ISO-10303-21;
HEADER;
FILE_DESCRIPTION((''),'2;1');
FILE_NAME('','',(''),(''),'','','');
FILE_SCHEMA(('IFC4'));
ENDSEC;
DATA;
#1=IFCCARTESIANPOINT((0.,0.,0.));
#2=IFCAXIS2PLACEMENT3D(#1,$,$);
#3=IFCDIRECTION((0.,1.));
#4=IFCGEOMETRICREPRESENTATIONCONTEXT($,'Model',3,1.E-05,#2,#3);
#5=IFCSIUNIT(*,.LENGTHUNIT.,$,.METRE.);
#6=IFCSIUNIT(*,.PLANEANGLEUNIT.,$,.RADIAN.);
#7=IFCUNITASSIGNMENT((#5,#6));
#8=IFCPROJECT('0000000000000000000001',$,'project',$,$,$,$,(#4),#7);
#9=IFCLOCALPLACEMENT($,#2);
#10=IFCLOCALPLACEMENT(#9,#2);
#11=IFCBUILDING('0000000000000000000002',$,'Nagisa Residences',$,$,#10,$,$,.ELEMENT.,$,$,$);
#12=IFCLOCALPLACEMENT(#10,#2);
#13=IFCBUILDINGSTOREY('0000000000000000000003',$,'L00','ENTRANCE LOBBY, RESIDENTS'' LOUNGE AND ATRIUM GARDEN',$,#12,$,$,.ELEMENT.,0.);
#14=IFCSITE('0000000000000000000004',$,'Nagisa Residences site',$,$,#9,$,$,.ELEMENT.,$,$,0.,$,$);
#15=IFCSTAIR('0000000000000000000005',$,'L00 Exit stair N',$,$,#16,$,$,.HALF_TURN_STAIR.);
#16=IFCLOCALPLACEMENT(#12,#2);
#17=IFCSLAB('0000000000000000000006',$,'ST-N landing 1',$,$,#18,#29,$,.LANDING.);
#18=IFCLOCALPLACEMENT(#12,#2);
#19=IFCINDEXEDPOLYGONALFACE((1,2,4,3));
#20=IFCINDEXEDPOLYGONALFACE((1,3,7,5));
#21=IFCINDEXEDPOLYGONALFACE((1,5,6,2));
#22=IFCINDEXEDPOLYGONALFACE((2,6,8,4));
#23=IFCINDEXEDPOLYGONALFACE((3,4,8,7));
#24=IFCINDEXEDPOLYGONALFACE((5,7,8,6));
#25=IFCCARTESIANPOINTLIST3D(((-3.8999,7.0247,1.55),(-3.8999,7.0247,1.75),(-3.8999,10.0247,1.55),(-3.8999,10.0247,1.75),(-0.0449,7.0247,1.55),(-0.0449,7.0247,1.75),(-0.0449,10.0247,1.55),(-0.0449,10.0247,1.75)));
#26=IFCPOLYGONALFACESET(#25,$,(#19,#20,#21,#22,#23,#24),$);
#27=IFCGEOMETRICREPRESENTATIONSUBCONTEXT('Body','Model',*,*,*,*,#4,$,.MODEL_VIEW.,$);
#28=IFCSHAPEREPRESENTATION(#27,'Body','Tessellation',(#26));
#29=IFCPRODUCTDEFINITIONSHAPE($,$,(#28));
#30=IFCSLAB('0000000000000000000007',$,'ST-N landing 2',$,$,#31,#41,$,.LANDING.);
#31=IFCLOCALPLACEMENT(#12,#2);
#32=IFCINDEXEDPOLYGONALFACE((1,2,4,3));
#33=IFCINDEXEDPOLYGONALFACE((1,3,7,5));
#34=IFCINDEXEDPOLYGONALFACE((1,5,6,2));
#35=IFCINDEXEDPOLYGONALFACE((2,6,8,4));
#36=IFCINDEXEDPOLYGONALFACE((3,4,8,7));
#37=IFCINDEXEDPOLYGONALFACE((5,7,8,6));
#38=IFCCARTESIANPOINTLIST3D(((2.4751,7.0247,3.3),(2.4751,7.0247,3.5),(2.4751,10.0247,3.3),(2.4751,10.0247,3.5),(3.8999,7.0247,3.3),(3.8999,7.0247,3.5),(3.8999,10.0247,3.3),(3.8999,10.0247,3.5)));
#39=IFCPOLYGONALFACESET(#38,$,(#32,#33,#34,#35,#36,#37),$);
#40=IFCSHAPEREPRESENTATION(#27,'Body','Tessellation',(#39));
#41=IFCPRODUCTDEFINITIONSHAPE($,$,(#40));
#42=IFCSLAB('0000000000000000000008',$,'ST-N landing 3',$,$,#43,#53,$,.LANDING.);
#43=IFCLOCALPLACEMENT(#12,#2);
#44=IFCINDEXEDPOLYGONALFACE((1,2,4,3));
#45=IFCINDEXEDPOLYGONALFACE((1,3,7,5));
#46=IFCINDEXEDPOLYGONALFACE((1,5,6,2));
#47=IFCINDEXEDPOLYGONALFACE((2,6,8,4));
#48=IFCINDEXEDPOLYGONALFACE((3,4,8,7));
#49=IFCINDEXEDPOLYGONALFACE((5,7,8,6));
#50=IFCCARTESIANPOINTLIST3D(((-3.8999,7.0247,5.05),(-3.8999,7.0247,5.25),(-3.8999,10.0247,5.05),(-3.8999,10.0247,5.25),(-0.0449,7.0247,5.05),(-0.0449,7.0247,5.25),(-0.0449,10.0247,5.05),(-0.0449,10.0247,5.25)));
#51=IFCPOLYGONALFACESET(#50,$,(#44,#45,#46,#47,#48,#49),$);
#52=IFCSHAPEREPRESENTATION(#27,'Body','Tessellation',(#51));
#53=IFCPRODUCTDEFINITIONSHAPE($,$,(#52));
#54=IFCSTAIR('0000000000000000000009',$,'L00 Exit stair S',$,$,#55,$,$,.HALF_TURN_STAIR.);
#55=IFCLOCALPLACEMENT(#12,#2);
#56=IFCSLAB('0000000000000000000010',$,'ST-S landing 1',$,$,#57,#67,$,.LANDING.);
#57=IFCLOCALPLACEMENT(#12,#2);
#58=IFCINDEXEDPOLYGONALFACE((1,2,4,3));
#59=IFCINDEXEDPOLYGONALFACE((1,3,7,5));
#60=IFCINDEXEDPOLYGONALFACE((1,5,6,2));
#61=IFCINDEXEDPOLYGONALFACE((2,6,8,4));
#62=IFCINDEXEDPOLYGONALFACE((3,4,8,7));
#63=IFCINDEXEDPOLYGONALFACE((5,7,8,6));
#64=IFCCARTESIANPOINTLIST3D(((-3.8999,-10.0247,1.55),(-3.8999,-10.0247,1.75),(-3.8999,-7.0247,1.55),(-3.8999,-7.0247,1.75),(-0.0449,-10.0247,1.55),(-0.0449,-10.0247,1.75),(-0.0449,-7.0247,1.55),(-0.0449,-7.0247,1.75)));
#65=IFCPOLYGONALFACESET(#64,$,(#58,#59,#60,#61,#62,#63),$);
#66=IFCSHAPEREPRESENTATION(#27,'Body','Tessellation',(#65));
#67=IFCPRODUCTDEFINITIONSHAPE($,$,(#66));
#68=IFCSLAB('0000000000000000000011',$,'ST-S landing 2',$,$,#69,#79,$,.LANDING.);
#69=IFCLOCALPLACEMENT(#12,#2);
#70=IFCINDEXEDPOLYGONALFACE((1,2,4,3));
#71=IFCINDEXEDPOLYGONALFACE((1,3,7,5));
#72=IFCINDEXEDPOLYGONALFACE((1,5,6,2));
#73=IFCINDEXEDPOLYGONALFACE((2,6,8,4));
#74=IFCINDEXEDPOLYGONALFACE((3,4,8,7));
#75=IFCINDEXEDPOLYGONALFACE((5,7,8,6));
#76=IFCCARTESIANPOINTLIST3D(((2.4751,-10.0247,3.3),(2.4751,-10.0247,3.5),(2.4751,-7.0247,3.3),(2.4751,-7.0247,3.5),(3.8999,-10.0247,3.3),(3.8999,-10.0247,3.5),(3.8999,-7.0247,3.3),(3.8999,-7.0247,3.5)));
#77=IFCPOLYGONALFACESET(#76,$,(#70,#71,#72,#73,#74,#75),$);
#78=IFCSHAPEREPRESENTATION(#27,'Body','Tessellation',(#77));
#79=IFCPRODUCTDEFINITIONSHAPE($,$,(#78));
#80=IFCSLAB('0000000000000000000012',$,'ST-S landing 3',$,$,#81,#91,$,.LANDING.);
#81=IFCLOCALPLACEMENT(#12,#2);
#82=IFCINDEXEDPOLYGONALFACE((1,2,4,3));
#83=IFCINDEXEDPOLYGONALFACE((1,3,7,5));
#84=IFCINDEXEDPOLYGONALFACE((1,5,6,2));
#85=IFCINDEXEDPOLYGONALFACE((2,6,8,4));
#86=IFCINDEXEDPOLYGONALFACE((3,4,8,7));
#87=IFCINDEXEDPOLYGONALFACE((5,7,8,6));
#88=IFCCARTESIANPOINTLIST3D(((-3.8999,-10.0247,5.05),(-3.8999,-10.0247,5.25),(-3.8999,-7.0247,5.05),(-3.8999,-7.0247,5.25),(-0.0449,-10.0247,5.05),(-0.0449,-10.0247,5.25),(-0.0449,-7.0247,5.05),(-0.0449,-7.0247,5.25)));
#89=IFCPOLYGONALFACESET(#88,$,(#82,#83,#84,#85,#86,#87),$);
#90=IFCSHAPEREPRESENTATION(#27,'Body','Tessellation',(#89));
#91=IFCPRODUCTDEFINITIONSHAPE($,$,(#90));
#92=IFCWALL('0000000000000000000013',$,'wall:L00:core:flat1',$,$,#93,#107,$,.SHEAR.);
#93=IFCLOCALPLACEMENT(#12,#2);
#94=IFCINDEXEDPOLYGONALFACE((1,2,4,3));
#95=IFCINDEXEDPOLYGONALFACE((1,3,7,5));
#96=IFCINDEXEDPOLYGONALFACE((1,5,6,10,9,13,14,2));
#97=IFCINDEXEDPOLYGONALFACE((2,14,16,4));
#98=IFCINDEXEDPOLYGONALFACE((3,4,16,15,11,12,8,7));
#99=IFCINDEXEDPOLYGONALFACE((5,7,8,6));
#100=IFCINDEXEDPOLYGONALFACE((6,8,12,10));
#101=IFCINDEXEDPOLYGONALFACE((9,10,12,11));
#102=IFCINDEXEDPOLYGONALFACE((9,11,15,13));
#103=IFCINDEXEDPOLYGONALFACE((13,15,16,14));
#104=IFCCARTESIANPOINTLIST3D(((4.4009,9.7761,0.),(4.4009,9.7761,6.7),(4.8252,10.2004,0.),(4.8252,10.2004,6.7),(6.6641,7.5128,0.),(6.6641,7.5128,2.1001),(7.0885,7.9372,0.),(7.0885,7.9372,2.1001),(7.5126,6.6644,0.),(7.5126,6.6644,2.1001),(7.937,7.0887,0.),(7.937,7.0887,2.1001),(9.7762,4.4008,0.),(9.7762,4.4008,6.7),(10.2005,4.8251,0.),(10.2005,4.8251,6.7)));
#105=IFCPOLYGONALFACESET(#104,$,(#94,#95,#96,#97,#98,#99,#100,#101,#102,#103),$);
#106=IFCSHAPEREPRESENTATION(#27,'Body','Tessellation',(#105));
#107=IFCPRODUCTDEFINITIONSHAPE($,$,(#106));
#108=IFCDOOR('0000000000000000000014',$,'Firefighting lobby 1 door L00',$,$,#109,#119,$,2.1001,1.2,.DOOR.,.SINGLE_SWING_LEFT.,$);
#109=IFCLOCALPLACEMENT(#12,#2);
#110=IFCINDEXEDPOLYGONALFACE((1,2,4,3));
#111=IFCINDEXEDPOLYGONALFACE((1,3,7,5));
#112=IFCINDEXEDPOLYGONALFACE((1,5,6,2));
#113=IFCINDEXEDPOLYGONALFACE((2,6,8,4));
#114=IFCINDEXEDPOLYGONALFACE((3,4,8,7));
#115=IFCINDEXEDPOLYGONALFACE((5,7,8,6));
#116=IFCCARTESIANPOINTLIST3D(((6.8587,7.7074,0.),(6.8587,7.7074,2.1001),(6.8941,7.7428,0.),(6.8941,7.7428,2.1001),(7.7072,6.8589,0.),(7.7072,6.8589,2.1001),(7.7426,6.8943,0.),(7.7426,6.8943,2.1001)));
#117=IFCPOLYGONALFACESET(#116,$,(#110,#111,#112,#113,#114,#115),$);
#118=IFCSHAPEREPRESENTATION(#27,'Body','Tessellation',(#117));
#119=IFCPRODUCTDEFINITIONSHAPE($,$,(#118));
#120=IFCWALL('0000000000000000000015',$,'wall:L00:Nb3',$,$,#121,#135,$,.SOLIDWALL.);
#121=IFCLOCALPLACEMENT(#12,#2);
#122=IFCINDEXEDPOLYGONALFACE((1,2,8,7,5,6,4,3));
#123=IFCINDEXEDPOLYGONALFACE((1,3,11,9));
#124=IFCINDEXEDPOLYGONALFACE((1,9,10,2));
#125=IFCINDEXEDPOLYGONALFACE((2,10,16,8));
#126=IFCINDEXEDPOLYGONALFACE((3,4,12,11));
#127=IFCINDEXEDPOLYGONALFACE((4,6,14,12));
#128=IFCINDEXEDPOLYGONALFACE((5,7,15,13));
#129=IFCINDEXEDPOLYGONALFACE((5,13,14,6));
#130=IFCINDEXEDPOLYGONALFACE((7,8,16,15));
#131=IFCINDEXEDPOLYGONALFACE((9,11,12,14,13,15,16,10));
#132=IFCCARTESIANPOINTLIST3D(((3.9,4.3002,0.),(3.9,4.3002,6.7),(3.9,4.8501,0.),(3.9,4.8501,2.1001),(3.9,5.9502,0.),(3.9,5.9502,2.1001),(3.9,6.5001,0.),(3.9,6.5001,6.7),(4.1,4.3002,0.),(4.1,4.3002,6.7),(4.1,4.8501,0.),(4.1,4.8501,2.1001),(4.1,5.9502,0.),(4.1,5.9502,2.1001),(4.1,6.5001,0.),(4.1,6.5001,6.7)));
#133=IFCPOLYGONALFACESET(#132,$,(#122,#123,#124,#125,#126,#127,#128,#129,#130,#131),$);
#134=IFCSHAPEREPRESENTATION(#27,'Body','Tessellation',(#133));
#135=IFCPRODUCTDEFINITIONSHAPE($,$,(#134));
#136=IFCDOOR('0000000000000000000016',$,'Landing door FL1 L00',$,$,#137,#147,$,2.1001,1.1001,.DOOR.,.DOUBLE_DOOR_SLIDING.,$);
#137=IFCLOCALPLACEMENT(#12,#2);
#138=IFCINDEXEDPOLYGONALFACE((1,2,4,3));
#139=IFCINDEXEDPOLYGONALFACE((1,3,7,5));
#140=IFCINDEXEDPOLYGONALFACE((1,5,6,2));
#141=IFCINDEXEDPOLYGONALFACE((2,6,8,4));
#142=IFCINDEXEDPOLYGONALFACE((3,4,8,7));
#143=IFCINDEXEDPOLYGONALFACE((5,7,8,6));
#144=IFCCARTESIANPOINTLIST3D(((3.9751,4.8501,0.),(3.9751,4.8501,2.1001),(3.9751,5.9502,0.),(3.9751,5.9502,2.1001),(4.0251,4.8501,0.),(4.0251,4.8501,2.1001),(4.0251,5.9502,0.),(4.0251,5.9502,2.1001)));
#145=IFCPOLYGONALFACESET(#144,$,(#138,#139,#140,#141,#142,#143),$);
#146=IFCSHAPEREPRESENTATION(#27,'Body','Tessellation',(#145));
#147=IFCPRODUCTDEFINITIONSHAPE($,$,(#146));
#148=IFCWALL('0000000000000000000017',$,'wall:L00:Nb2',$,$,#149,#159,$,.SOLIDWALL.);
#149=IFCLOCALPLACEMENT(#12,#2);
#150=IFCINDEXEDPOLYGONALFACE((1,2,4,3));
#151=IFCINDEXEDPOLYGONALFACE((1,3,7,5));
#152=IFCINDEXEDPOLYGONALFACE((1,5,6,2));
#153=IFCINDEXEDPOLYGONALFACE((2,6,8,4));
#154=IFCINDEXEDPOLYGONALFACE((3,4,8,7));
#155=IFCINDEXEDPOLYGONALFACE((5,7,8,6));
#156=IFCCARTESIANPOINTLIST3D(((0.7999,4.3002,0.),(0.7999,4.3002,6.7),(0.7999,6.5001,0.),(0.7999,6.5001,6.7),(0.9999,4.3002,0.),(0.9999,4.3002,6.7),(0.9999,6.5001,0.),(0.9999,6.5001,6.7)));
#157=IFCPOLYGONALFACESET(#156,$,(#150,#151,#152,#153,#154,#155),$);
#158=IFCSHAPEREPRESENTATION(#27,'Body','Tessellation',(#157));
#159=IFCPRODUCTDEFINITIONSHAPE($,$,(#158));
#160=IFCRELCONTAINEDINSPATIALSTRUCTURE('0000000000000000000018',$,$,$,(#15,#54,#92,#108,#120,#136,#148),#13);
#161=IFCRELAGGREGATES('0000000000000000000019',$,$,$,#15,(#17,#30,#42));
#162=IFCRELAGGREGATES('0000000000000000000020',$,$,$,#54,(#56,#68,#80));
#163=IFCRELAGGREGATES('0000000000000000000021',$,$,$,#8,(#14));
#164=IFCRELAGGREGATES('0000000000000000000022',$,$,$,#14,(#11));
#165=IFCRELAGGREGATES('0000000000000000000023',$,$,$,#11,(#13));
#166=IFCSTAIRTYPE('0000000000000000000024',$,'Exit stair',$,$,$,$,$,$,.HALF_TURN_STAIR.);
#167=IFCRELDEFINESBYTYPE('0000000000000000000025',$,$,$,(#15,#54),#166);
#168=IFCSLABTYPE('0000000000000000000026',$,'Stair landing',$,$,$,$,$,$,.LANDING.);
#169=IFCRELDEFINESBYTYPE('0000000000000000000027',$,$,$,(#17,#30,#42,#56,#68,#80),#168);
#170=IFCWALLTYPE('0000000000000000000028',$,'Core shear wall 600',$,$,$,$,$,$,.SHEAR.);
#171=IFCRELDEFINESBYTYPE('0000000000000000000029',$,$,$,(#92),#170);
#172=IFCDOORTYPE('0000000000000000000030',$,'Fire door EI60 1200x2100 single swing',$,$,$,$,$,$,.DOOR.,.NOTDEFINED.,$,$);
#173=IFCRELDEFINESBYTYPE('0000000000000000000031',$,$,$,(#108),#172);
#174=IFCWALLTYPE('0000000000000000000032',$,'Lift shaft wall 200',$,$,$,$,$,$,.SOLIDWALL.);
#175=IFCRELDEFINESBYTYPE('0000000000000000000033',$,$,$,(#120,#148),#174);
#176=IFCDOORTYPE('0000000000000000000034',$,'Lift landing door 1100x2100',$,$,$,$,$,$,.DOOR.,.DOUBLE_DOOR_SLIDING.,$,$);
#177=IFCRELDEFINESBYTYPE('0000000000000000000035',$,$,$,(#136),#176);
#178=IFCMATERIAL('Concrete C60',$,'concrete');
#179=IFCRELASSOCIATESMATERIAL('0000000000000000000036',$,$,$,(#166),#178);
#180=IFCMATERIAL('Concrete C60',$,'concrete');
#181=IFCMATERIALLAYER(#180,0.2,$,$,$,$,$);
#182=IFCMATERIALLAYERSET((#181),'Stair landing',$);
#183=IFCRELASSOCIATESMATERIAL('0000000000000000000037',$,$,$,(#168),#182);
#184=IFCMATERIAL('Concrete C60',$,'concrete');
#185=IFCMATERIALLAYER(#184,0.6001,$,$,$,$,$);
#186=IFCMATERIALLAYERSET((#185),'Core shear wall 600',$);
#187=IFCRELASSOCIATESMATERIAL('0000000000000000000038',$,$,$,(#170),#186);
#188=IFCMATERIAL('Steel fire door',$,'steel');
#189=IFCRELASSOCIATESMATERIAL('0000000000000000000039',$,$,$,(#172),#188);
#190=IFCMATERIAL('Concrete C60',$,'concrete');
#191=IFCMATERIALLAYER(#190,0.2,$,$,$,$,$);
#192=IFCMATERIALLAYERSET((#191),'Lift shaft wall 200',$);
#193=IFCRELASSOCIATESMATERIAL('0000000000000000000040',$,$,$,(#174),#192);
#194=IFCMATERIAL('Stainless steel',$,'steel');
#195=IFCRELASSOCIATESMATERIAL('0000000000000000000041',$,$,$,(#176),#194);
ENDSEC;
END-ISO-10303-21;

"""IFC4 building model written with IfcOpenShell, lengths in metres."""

from ifc_helpers import new_model, si_unit, direction, frame, frame_2d, origin, place, context, subcontext, project, spatial, polyline, rectangle, outline, extrude, material, layer, layer_set, type_object, element, fill, aggregate, save


model = new_model("IFC4")

# Units and contexts
model_context = context("Model", 3, precision=1e-05, world=origin(), true_north=direction((0.0, 1.0)))
body_context = subcontext(model_context, "Body", "Model", "MODEL_VIEW")
ifc_project = project(units=[si_unit("LENGTHUNIT", "METRE"), si_unit("PLANEANGLEUNIT", "RADIAN")], contexts=[model_context])

# Site, building, storey
site_placement = place(None, origin())
site = spatial("IfcSite", under=ifc_project, at=site_placement, Name="Nagisa Residences site", CompositionType="ELEMENT", RefElevation=0.0)
building_placement = place(site_placement, origin())
building = spatial("IfcBuilding", under=site, at=building_placement, Name="Nagisa Residences", CompositionType="ELEMENT")
storey_placement = place(building_placement, origin())
storey = spatial("IfcBuildingStorey", under=building, at=storey_placement, Name="L00", Description="ENTRANCE LOBBY, RESIDENTS' LOUNGE AND ATRIUM GARDEN", CompositionType="ELEMENT", Elevation=0.0)

# Stairs, slabs
ifc_material_1 = material(Name="Concrete C60", Category="concrete")
stair_type = type_object("IfcStairType", Name="Exit stair", PredefinedType="HALF_TURN_STAIR", material=ifc_material_1)
stair_1_placement = place(storey_placement, origin())
stair_1 = element("IfcStair", 1, at=stair_1_placement, inside=storey, type_object=stair_type, Name="L00 Exit stair N", PredefinedType="HALF_TURN_STAIR")
ifc_material_2 = material(Name="Concrete C60", Category="concrete")
ifc_layer_1 = layer(ifc_material_2, 0.2)
ifc_layer_set_1 = layer_set([ifc_layer_1], Name="Stair landing")
slab_type = type_object("IfcSlabType", Name="Stair landing", PredefinedType="LANDING", material=ifc_layer_set_1)
slab_1_placement = place(storey_placement, frame((0.0, 0.0, 1.55)))
slab_1 = element("IfcSlab", 2, at=slab_1_placement, type_object=slab_type, Name="ST-N landing 1", PredefinedType="LANDING", context=body_context, shape_type="SweptSolid", body=[
    extrude(outline(polyline([(-0.0449, 10.0247), (-3.8999, 10.0247), (-3.8999, 7.0247), (-0.0449, 7.0247), (-0.0449, 10.0247)])), origin(), (0.0, 0.0, 1.0), 0.2),
])
slab_2_placement = place(storey_placement, frame((0.0, 0.0, 3.3)))
slab_2 = element("IfcSlab", 3, at=slab_2_placement, type_object=slab_type, Name="ST-N landing 2", PredefinedType="LANDING", context=body_context, shape_type="SweptSolid", body=[
    extrude(outline(polyline([(3.8999, 10.0247), (2.4751, 10.0247), (2.4751, 7.0247), (3.8999, 7.0247), (3.8999, 10.0247)])), origin(), (0.0, 0.0, 1.0), 0.2),
])
slab_3_placement = place(storey_placement, frame((0.0, 0.0, 5.05)))
slab_3 = element("IfcSlab", 4, at=slab_3_placement, type_object=slab_type, Name="ST-N landing 3", PredefinedType="LANDING", context=body_context, shape_type="SweptSolid", body=[
    extrude(outline(polyline([(-0.0449, 10.0247), (-3.8999, 10.0247), (-3.8999, 7.0247), (-0.0449, 7.0247), (-0.0449, 10.0247)])), origin(), (0.0, 0.0, 1.0), 0.2),
])
aggregate(stair_1, [slab_1, slab_2, slab_3])
stair_2_placement = place(storey_placement, origin())
stair_2 = element("IfcStair", 5, at=stair_2_placement, inside=storey, type_object=stair_type, Name="L00 Exit stair S", PredefinedType="HALF_TURN_STAIR")
slab_4_placement = place(storey_placement, frame((0.0, 0.0, 1.55)))
slab_4 = element("IfcSlab", 6, at=slab_4_placement, type_object=slab_type, Name="ST-S landing 1", PredefinedType="LANDING", context=body_context, shape_type="SweptSolid", body=[
    extrude(outline(polyline([(-0.0449, -7.0247), (-3.8999, -7.0247), (-3.8999, -10.0247), (-0.0449, -10.0247), (-0.0449, -7.0247)])), origin(), (0.0, 0.0, 1.0), 0.2),
])
slab_5_placement = place(storey_placement, frame((0.0, 0.0, 3.3)))
slab_5 = element("IfcSlab", 7, at=slab_5_placement, type_object=slab_type, Name="ST-S landing 2", PredefinedType="LANDING", context=body_context, shape_type="SweptSolid", body=[
    extrude(outline(polyline([(3.8999, -7.0247), (2.4751, -7.0247), (2.4751, -10.0247), (3.8999, -10.0247), (3.8999, -7.0247)])), origin(), (0.0, 0.0, 1.0), 0.2),
])
slab_6_placement = place(storey_placement, frame((0.0, 0.0, 5.05)))
slab_6 = element("IfcSlab", 8, at=slab_6_placement, type_object=slab_type, Name="ST-S landing 3", PredefinedType="LANDING", context=body_context, shape_type="SweptSolid", body=[
    extrude(outline(polyline([(-0.0449, -7.0247), (-3.8999, -7.0247), (-3.8999, -10.0247), (-0.0449, -10.0247), (-0.0449, -7.0247)])), origin(), (0.0, 0.0, 1.0), 0.2),
])
aggregate(stair_2, [slab_4, slab_5, slab_6])

# Walls, openings, doors
ifc_material_3 = material(Name="Concrete C60", Category="concrete")
ifc_layer_2 = layer(ifc_material_3, 0.6001)
ifc_layer_set_2 = layer_set([ifc_layer_2], Name="Core shear wall 600")
wall_type_1 = type_object("IfcWallType", Name="Core shear wall 600", PredefinedType="SHEAR", material=ifc_layer_set_2)
wall_1_placement = place(storey_placement, frame((9.9883, 4.613, 0.0), z_axis=(0.0, 0.0, 1.0), x_axis=(-0.707107, 0.707107, 0.0)))
wall_1 = element("IfcWall", 9, at=wall_1_placement, inside=storey, type_object=wall_type_1, Name="wall:L00:core:flat1", PredefinedType="SHEAR", context=body_context, shape_type="SweptSolid", body=[
    extrude(rectangle(XDim=7.6018, YDim=0.6001, at=frame_2d((3.8008, 0.0))), origin(), (0.0, 0.0, 1.0), 6.7),
])
opening_1_placement = place(wall_1_placement, frame((3.2009, 0.0, 0.0)))
opening_1 = element("IfcOpeningElement", 10, at=opening_1_placement, cuts=wall_1, PredefinedType="OPENING", context=body_context, shape_type="SweptSolid", body=[
    extrude(rectangle(XDim=1.2, YDim=2.1001, at=frame_2d((0.6001, 1.05))), frame((0.0, 0.3101, 0.0), z_axis=(0.0, -1.0, 0.0), x_axis=(1.0, 0.0, 0.0)), (0.0, 0.0, 1.0), 0.6201),
])
ifc_material_4 = material(Name="Steel fire door", Category="steel")
door_type_1 = type_object("IfcDoorType", Name="Fire door EI60 1200x2100 single swing", OperationType="NOTDEFINED", PredefinedType="DOOR", material=ifc_material_4)
door_1_placement = place(opening_1_placement, origin())
door_1 = element("IfcDoor", 11, at=door_1_placement, inside=storey, type_object=door_type_1, Name="Firefighting lobby 1 door L00", OperationType="SINGLE_SWING_LEFT", OverallHeight=2.1001, OverallWidth=1.2, PredefinedType="DOOR", context=body_context, shape_type="SweptSolid", body=[
    extrude(rectangle(XDim=1.2, YDim=2.1001, at=frame_2d((0.6001, 1.05))), frame((0.0, 0.0249, 0.0), z_axis=(0.0, -1.0, 0.0), x_axis=(1.0, 0.0, 0.0)), (0.0, 0.0, 1.0), 0.05),
])
fill(opening_1, door_1)
ifc_material_5 = material(Name="Concrete C60", Category="concrete")
ifc_layer_3 = layer(ifc_material_5, 0.2)
ifc_layer_set_3 = layer_set([ifc_layer_3], Name="Lift shaft wall 200")
wall_type_2 = type_object("IfcWallType", Name="Lift shaft wall 200", PredefinedType="SOLIDWALL", material=ifc_layer_set_3)
wall_2_placement = place(storey_placement, frame((4.0, 4.3, 0.0), z_axis=(0.0, 0.0, 1.0), x_axis=(0.0, 1.0, 0.0)))
wall_2 = element("IfcWall", 12, at=wall_2_placement, inside=storey, type_object=wall_type_2, Name="wall:L00:Nb3", PredefinedType="SOLIDWALL", context=body_context, shape_type="SweptSolid", body=[
    extrude(rectangle(XDim=2.2, YDim=0.2, at=frame_2d((1.1001, 0.0))), origin(), (0.0, 0.0, 1.0), 6.7),
])
opening_2_placement = place(wall_2_placement, frame((0.55, 0.0, 0.0)))
opening_2 = element("IfcOpeningElement", 13, at=opening_2_placement, cuts=wall_2, PredefinedType="OPENING", context=body_context, shape_type="SweptSolid", body=[
    extrude(rectangle(XDim=1.1001, YDim=2.1001, at=frame_2d((0.55, 1.05))), frame((0.0, 0.1099, 0.0), z_axis=(0.0, -1.0, 0.0), x_axis=(1.0, 0.0, 0.0)), (0.0, 0.0, 1.0), 0.22),
])
ifc_material_6 = material(Name="Stainless steel", Category="steel")
door_type_2 = type_object("IfcDoorType", Name="Lift landing door 1100x2100", OperationType="DOUBLE_DOOR_SLIDING", PredefinedType="DOOR", material=ifc_material_6)
door_2_placement = place(opening_2_placement, origin())
door_2 = element("IfcDoor", 14, at=door_2_placement, inside=storey, type_object=door_type_2, Name="Landing door FL1 L00", OperationType="DOUBLE_DOOR_SLIDING", OverallHeight=2.1001, OverallWidth=1.1001, PredefinedType="DOOR", context=body_context, shape_type="SweptSolid", body=[
    extrude(rectangle(XDim=1.1001, YDim=2.1001, at=frame_2d((0.55, 1.05))), frame((0.0, 0.0249, 0.0), z_axis=(0.0, -1.0, 0.0), x_axis=(1.0, 0.0, 0.0)), (0.0, 0.0, 1.0), 0.05),
])
fill(opening_2, door_2)

# Wall
wall_3_placement = place(storey_placement, frame((0.8999, 4.3, 0.0), z_axis=(0.0, 0.0, 1.0), x_axis=(0.0, 1.0, 0.0)))
element("IfcWall", 15, at=wall_3_placement, inside=storey, type_object=wall_type_2, Name="wall:L00:Nb2", PredefinedType="SOLIDWALL", context=body_context, shape_type="SweptSolid", body=[
    extrude(rectangle(XDim=2.2, YDim=0.2, at=frame_2d((1.1001, 0.0))), origin(), (0.0, 0.0, 1.0), 6.7),
])

save(model, "model.ifc")
